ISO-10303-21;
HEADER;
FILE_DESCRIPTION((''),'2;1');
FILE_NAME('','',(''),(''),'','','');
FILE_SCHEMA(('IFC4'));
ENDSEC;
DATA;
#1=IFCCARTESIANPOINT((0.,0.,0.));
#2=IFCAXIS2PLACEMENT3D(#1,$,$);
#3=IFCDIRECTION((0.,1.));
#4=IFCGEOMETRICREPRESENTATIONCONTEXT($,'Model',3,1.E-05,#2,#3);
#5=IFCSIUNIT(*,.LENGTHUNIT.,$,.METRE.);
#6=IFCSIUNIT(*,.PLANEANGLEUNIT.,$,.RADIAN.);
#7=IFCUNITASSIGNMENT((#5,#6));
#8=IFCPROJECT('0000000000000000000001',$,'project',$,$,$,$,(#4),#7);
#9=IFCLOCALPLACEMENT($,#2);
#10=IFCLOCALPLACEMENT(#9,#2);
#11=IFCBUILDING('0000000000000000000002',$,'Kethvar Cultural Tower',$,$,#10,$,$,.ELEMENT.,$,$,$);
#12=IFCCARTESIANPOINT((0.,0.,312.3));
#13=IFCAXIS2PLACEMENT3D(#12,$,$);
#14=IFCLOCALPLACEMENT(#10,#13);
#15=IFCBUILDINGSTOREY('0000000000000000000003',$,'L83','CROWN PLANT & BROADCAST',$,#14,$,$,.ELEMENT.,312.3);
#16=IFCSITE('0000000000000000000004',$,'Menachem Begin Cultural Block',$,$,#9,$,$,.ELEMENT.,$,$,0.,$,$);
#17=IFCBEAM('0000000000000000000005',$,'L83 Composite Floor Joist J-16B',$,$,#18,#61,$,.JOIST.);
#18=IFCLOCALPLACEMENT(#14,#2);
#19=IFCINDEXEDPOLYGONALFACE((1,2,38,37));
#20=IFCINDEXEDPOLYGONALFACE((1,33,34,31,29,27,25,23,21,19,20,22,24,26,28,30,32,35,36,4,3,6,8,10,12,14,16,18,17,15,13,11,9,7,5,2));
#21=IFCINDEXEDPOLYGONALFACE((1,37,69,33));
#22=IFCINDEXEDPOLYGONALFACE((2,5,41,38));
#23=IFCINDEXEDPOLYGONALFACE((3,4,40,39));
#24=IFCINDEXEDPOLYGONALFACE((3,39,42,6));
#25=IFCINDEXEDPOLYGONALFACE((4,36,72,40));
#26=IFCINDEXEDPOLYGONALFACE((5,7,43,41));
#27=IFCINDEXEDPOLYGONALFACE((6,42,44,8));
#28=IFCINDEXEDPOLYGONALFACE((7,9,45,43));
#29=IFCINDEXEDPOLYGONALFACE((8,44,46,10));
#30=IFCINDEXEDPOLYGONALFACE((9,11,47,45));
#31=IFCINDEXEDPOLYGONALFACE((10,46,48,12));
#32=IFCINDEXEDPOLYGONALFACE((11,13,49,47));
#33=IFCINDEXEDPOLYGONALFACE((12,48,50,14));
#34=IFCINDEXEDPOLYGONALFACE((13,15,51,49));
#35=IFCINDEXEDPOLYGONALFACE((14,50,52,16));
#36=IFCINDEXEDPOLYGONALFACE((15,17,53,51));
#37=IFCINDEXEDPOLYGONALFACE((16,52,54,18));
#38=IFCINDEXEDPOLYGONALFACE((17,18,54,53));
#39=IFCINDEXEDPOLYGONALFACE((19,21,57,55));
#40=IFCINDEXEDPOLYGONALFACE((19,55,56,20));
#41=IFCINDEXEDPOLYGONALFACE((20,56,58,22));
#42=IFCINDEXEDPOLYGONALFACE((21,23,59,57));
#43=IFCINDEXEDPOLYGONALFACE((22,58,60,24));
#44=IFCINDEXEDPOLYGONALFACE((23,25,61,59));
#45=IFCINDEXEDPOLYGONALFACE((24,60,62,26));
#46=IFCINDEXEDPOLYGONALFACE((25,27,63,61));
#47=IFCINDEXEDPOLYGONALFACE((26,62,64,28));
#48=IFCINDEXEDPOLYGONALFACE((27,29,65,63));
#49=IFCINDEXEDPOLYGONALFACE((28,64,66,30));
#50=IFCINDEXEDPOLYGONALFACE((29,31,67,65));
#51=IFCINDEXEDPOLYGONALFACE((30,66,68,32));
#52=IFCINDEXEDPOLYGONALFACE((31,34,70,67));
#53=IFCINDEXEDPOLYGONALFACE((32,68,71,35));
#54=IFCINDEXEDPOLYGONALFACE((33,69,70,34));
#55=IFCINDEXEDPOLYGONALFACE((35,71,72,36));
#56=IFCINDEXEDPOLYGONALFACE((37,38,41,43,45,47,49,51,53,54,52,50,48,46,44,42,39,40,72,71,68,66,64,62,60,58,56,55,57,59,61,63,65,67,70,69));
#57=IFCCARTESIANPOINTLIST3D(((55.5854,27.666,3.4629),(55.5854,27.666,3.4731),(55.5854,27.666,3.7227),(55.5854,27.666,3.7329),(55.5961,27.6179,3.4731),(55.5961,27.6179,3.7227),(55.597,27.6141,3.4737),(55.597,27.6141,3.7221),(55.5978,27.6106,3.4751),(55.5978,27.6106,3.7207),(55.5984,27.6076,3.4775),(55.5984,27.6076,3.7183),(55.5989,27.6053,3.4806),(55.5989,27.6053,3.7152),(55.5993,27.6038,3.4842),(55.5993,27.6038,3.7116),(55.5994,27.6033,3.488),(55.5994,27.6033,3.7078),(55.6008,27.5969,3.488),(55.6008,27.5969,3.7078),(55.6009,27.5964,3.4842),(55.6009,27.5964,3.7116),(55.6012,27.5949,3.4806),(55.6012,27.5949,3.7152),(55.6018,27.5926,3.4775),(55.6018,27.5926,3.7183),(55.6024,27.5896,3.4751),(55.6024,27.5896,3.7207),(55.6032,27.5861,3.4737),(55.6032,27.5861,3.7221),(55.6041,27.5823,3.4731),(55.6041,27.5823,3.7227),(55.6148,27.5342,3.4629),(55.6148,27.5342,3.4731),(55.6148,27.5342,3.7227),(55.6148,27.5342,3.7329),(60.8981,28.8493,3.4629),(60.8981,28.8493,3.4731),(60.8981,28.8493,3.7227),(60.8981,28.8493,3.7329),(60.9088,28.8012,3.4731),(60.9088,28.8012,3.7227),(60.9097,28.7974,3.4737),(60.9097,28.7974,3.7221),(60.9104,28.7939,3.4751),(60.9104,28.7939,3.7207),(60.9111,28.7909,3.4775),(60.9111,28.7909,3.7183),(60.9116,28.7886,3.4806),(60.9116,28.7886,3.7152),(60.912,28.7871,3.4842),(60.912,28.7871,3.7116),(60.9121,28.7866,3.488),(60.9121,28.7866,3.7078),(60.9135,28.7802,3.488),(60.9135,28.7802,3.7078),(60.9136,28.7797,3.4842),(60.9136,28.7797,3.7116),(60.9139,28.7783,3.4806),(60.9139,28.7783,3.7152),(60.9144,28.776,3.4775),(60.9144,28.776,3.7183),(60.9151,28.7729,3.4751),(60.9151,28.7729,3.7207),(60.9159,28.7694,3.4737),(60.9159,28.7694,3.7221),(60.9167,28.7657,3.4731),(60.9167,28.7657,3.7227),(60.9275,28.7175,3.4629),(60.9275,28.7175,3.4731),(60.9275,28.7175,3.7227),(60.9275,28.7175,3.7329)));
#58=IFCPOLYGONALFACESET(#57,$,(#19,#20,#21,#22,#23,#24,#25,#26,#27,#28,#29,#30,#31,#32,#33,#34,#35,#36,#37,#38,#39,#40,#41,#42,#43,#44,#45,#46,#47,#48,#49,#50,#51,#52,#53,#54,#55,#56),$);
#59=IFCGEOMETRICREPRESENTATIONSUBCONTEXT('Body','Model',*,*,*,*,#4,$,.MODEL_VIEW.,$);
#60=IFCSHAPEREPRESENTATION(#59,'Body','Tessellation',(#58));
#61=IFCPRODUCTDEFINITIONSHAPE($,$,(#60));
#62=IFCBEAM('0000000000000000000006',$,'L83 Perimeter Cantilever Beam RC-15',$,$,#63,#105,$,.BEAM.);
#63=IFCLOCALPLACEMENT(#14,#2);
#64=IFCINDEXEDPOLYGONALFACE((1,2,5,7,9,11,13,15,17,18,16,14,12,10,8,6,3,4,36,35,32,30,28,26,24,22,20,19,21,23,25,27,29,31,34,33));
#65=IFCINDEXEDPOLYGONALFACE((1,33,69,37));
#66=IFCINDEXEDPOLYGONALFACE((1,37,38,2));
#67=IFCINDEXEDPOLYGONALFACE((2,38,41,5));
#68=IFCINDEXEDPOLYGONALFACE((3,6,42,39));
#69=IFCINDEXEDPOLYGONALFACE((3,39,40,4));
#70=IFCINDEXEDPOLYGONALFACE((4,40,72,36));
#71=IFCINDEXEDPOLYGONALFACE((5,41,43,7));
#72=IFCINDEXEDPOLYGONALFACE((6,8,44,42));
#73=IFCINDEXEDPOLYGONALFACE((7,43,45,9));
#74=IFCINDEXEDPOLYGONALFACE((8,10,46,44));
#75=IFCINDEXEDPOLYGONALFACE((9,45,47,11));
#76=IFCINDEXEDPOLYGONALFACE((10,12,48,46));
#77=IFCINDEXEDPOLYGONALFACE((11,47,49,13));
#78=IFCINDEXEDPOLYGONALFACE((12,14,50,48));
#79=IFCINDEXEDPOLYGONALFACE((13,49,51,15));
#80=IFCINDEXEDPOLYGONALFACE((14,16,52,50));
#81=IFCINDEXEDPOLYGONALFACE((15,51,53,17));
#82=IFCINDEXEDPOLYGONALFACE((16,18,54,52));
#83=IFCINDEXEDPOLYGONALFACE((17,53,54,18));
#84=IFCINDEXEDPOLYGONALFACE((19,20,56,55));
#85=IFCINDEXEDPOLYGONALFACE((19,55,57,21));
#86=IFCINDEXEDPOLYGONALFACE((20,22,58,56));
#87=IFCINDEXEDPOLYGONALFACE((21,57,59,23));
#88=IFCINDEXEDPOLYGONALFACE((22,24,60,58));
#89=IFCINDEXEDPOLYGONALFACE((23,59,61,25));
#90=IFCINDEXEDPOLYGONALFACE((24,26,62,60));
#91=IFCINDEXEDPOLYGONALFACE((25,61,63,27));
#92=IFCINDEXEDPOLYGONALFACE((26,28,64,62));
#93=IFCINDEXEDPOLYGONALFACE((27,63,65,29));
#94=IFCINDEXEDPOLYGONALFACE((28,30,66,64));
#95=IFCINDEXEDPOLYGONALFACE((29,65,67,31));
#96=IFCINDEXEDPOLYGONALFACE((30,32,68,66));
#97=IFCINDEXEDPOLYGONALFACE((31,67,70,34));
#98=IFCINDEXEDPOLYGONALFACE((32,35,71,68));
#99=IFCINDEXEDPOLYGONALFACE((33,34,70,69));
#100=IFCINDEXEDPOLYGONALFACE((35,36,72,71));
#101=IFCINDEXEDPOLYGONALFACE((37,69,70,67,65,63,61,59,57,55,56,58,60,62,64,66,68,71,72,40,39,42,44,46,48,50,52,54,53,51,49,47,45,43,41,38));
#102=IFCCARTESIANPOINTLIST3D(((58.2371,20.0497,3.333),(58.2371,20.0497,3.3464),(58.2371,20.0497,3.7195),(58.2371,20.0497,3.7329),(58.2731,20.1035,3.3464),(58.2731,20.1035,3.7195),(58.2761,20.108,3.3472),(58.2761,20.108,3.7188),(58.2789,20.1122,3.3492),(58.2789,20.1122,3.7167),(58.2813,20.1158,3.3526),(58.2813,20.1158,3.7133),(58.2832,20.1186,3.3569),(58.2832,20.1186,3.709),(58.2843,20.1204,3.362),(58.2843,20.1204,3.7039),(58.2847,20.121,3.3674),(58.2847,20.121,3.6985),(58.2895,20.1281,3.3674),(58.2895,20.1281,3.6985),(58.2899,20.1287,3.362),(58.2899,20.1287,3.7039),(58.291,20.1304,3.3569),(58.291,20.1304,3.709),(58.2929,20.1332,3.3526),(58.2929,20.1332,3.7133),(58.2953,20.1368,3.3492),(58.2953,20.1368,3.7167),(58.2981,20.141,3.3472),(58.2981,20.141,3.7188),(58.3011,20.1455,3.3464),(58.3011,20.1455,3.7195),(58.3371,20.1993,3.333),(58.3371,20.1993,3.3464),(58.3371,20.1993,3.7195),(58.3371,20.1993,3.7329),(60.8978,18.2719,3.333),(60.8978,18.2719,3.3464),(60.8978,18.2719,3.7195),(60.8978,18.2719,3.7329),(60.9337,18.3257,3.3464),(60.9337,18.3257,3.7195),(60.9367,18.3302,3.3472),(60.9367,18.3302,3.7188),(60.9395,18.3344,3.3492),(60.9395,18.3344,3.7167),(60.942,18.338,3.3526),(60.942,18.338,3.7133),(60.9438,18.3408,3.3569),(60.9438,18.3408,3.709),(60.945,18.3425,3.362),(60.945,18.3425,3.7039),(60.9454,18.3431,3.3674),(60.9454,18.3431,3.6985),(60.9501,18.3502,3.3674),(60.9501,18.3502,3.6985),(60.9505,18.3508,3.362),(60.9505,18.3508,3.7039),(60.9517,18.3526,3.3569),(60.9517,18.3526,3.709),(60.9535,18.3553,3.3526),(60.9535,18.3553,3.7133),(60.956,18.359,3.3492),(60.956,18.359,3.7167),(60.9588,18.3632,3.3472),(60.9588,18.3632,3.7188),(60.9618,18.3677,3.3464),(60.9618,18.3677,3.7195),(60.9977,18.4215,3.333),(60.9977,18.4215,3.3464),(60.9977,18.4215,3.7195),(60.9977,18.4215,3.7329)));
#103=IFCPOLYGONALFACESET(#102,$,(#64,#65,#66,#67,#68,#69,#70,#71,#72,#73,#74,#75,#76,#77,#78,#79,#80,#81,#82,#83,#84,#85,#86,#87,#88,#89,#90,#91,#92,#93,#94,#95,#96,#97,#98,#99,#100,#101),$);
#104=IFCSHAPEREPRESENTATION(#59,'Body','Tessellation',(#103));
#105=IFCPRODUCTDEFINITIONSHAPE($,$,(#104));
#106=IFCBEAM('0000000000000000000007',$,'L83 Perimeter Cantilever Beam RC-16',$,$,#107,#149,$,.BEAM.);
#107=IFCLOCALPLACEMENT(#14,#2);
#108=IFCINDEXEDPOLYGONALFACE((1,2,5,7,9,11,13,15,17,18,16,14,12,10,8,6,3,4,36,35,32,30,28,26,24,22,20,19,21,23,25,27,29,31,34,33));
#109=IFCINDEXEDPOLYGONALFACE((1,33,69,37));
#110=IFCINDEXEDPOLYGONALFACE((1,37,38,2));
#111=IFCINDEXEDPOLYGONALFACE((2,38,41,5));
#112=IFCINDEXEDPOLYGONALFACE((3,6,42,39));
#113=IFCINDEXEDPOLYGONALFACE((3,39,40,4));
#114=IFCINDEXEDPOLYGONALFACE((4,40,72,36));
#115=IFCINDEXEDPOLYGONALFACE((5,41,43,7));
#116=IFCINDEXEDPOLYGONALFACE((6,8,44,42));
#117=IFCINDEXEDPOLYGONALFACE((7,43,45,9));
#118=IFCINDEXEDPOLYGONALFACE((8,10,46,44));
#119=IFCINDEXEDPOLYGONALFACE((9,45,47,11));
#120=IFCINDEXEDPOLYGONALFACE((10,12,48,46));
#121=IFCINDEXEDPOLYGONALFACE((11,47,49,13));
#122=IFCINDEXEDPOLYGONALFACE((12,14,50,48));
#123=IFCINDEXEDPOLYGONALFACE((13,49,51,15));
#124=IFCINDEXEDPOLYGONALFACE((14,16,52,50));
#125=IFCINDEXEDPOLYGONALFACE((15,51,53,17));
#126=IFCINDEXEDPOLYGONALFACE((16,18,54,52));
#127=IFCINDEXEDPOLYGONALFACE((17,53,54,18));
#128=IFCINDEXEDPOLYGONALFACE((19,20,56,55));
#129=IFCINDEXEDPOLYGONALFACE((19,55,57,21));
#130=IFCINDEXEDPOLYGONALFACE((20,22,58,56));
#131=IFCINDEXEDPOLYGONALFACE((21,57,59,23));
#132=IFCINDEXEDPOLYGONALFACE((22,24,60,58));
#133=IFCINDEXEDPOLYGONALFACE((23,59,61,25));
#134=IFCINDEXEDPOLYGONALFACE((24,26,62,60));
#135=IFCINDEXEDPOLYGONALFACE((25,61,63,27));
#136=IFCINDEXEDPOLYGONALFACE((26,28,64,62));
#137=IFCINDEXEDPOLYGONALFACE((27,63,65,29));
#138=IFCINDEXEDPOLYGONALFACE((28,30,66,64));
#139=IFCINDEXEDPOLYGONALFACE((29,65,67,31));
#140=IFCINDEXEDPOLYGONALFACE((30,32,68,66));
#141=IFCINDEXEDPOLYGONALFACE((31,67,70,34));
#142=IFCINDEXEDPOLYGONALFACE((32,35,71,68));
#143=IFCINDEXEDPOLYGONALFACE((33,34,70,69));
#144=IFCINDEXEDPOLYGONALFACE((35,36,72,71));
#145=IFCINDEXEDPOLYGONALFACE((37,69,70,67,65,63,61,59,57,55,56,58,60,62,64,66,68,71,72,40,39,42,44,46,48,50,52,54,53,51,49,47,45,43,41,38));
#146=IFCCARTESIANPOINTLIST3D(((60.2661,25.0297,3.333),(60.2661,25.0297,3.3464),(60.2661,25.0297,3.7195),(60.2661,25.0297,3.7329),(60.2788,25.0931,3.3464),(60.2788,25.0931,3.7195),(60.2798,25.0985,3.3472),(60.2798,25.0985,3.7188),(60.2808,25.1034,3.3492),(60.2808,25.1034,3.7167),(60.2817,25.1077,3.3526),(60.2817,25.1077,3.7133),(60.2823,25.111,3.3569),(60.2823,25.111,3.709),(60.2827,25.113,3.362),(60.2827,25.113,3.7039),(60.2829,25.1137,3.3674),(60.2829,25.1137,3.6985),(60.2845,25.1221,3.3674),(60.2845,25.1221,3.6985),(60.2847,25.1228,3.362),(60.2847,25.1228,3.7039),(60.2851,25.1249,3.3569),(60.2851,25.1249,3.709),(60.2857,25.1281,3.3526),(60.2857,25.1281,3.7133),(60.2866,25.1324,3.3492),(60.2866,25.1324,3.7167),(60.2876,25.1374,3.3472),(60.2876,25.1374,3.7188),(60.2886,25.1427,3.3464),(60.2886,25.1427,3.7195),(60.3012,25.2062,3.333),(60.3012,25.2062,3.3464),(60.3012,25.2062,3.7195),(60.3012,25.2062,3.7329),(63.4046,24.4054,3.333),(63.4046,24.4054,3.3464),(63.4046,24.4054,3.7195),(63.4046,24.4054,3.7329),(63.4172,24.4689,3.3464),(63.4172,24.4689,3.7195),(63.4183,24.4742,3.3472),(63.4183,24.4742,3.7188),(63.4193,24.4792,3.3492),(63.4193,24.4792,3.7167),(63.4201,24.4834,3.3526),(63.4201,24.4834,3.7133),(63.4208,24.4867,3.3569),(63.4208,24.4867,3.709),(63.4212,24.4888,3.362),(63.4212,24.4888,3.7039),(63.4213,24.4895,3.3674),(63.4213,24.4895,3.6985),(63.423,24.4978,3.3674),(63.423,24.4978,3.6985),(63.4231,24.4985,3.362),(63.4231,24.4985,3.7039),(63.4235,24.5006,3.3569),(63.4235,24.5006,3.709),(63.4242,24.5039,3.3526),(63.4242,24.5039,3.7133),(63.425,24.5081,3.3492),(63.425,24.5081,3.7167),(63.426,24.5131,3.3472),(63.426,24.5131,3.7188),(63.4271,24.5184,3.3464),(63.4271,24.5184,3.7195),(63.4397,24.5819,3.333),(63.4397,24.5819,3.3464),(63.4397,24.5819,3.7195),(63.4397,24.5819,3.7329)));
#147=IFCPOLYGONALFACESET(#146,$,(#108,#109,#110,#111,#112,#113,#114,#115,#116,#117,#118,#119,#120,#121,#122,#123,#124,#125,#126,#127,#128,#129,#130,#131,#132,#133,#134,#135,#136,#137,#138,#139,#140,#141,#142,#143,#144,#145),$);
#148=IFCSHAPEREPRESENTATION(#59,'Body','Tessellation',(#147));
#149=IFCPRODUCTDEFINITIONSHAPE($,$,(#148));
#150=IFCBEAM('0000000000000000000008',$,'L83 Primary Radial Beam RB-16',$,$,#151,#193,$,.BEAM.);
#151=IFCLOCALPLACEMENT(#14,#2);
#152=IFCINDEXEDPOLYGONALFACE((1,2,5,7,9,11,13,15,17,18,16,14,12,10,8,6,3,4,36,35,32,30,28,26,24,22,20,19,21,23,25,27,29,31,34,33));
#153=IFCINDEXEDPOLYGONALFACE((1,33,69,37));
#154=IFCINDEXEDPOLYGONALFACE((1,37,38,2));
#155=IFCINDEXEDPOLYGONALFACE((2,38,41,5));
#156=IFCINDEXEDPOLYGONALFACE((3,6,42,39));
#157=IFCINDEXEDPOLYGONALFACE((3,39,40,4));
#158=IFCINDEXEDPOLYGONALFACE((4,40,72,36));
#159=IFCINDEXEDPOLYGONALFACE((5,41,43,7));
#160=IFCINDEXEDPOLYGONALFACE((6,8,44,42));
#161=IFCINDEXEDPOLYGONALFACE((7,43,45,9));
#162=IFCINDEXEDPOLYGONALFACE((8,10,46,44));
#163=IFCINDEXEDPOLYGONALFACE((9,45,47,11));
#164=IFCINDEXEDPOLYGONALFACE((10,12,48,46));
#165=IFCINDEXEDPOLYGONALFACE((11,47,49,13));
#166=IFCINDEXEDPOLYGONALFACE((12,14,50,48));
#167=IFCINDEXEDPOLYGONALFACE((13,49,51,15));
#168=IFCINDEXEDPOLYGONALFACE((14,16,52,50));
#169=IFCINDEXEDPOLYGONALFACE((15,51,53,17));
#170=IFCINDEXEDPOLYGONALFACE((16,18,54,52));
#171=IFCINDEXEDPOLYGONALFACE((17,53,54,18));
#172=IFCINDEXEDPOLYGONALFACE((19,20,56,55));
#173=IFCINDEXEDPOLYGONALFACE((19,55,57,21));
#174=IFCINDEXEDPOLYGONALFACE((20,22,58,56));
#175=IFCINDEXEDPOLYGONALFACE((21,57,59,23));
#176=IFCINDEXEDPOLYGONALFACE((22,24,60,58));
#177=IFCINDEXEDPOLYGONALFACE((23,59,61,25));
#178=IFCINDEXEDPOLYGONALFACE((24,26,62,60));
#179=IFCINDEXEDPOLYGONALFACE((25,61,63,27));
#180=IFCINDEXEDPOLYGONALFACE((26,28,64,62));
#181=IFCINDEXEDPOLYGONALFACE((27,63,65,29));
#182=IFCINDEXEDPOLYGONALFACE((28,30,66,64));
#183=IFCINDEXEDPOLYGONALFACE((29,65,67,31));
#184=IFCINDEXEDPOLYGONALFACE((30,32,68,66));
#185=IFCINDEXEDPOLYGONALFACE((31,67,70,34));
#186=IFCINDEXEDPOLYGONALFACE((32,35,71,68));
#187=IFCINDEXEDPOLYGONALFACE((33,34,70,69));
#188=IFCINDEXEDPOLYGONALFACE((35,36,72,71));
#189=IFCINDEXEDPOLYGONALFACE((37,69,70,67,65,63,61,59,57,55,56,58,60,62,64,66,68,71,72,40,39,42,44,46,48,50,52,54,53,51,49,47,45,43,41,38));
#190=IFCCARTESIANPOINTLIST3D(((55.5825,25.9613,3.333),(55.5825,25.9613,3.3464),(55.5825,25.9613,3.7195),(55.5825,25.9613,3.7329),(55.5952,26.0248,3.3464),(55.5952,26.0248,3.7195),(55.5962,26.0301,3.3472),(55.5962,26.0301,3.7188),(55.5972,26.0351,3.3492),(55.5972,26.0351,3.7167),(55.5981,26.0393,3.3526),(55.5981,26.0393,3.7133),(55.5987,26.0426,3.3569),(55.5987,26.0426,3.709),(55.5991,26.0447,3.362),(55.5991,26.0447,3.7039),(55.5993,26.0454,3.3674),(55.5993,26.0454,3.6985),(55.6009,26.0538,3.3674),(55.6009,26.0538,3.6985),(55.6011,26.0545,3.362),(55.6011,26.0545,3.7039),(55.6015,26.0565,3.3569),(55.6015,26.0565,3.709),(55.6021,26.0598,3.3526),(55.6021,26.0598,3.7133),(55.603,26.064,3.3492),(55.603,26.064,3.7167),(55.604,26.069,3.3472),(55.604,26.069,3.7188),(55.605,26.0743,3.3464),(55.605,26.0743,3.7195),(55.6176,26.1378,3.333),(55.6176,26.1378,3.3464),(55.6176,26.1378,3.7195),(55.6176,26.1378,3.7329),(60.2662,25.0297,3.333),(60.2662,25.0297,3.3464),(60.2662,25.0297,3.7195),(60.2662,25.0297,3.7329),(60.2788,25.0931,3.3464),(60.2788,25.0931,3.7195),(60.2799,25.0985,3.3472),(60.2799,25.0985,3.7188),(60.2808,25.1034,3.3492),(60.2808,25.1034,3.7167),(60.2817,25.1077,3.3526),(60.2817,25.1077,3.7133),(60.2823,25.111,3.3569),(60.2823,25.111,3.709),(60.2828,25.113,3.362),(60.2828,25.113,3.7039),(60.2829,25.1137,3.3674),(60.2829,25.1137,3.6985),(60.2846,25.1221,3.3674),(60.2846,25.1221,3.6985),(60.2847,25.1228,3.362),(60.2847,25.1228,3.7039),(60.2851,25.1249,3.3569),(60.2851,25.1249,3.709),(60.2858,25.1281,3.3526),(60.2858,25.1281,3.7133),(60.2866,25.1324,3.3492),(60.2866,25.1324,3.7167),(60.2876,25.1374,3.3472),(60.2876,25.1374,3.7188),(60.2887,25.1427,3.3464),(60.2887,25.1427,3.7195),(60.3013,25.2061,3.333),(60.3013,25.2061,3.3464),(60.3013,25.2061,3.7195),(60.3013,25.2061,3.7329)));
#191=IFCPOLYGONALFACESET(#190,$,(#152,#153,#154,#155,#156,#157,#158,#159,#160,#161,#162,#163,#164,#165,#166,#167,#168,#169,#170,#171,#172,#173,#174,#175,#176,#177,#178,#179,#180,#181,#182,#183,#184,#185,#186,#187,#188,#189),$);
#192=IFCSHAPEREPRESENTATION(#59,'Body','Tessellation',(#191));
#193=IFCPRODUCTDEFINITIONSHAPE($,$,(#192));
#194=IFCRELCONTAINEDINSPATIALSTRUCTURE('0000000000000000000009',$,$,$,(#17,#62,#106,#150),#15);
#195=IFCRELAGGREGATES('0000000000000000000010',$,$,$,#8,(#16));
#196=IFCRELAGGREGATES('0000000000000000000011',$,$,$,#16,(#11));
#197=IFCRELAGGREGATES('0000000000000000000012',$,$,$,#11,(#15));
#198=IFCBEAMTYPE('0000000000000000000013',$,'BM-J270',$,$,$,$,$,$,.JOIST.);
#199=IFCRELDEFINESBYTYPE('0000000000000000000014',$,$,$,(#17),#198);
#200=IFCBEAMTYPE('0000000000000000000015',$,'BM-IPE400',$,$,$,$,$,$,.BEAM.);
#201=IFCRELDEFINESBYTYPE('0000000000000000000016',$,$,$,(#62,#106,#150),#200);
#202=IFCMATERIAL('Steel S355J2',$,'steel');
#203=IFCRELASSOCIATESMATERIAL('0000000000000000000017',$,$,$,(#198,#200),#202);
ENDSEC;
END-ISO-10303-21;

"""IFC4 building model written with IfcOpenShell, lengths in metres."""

from ifc_helpers import new_model, si_unit, direction, frame, origin, origin_2d, place, context, subcontext, project, spatial, i_section, extrude, source, transform, mapped, material, material_profile, profile_set, type_object, element, save


model = new_model("IFC4")

# Units and contexts
model_context = context("Model", 3, precision=1e-05, world=origin(), true_north=direction((0.0, 1.0)))
body_context = subcontext(model_context, "Body", "Model", "MODEL_VIEW")
ifc_project = project(units=[si_unit("LENGTHUNIT", "METRE"), si_unit("PLANEANGLEUNIT", "RADIAN")], contexts=[model_context])

# Site, building, storey
site_placement = place(None, origin())
site = spatial("IfcSite", under=ifc_project, at=site_placement, Name="Menachem Begin Cultural Block", CompositionType="ELEMENT", RefElevation=0.0)
building_placement = place(site_placement, origin())
building = spatial("IfcBuilding", under=site, at=building_placement, Name="Kethvar Cultural Tower", CompositionType="ELEMENT")
storey_placement = place(building_placement, frame((0.0, 0.0, 312.3)))
storey = spatial("IfcBuildingStorey", under=building, at=storey_placement, Name="L83", Description="CROWN PLANT & BROADCAST", CompositionType="ELEMENT", Elevation=312.3)

# Shared definitions
ifc_material_1 = material(Name="Steel S355J2", Category="steel")

# Beams
ifc_material_profile_1 = material_profile(ifc_material_1, i_section(OverallWidth=0.135, OverallDepth=0.27, WebThickness=0.0066, FlangeThickness=0.0103, FilletRadius=0.0149, at=origin_2d()), Name="Steel S355J2 — IPE270")
ifc_profile_set_1 = profile_set([ifc_material_profile_1], Name="Steel S355J2 — IPE270")
beam_type_1 = type_object("IfcBeamType", Name="BM-J270", PredefinedType="JOIST", material=ifc_profile_set_1)
shared_shape_1 = source(origin(), body_context, "Body", "SweptSolid", [
    extrude(i_section(OverallWidth=0.135, OverallDepth=0.27, WebThickness=0.0066, FlangeThickness=0.0103, FilletRadius=0.0149, at=origin_2d()), origin(), (0.0, 0.0, 1.0), 5.4429),
])
beam_1_placement = place(storey_placement, frame((55.6001, 27.6001, 3.5979), z_axis=(0.97608, 0.21741, 0.0), x_axis=(-0.21741, 0.97608, 0.0)))
element("IfcBeam", 1, at=beam_1_placement, inside=storey, type_object=beam_type_1, Name="L83 Composite Floor Joist J-16B", PredefinedType="JOIST", context=body_context, shape_type="MappedRepresentation", body=[
    mapped(shared_shape_1, transform((0.0, 0.0, 0.0), scale=1.0)),
])
ifc_material_profile_2 = material_profile(ifc_material_1, i_section(OverallWidth=0.1799, OverallDepth=0.3999, WebThickness=0.0085, FlangeThickness=0.0134, FilletRadius=0.021, at=origin_2d()), Name="Steel S355J2 — IPE400")
ifc_profile_set_2 = profile_set([ifc_material_profile_2], Name="Steel S355J2 — IPE400")
beam_type_2 = type_object("IfcBeamType", Name="BM-IPE400", PredefinedType="BEAM", material=ifc_profile_set_2)
shared_shape_2 = source(origin(), body_context, "Body", "SweptSolid", [
    extrude(i_section(OverallWidth=0.1799, OverallDepth=0.3999, WebThickness=0.0085, FlangeThickness=0.0134, FilletRadius=0.021, at=origin_2d()), origin(), (0.0, 0.0, 1.0), 3.2),
])
for number, where, z_axis, x_axis, name in (
    (2, (58.2871, 20.1245, 3.533), (0.831463, -0.55558, 0.0), (0.55558, 0.831463, 0.0), "L83 Perimeter Cantilever Beam RC-15"),
    (3, (60.2837, 25.1179, 3.533), (0.980786, -0.195089, 0.0), (0.195089, 0.980786, 0.0), "L83 Perimeter Cantilever Beam RC-16"),
):
    element("IfcBeam", number, at=place(storey_placement, frame(where, z_axis=z_axis, x_axis=x_axis)), inside=storey, type_object=beam_type_2, Name=name, PredefinedType="BEAM", context=body_context, shape_type="MappedRepresentation", body=[
        mapped(shared_shape_2, transform((0.0, 0.0, 0.0), scale=1.0)),
    ])
shared_shape_3 = source(origin(), body_context, "Body", "SweptSolid", [
    extrude(i_section(OverallWidth=0.1799, OverallDepth=0.3999, WebThickness=0.0085, FlangeThickness=0.0134, FilletRadius=0.021, at=origin_2d()), origin(), (0.0, 0.0, 1.0), 4.7754),
])
beam_2_placement = place(storey_placement, frame((55.6001, 26.0496, 3.533), z_axis=(0.980785, -0.195094, 0.0), x_axis=(0.195094, 0.980785, 0.0)))
element("IfcBeam", 4, at=beam_2_placement, inside=storey, type_object=beam_type_2, Name="L83 Primary Radial Beam RB-16", PredefinedType="BEAM", context=body_context, shape_type="MappedRepresentation", body=[
    mapped(shared_shape_3, transform((0.0, 0.0, 0.0), scale=1.0)),
])

save(model, "model.ifc")
